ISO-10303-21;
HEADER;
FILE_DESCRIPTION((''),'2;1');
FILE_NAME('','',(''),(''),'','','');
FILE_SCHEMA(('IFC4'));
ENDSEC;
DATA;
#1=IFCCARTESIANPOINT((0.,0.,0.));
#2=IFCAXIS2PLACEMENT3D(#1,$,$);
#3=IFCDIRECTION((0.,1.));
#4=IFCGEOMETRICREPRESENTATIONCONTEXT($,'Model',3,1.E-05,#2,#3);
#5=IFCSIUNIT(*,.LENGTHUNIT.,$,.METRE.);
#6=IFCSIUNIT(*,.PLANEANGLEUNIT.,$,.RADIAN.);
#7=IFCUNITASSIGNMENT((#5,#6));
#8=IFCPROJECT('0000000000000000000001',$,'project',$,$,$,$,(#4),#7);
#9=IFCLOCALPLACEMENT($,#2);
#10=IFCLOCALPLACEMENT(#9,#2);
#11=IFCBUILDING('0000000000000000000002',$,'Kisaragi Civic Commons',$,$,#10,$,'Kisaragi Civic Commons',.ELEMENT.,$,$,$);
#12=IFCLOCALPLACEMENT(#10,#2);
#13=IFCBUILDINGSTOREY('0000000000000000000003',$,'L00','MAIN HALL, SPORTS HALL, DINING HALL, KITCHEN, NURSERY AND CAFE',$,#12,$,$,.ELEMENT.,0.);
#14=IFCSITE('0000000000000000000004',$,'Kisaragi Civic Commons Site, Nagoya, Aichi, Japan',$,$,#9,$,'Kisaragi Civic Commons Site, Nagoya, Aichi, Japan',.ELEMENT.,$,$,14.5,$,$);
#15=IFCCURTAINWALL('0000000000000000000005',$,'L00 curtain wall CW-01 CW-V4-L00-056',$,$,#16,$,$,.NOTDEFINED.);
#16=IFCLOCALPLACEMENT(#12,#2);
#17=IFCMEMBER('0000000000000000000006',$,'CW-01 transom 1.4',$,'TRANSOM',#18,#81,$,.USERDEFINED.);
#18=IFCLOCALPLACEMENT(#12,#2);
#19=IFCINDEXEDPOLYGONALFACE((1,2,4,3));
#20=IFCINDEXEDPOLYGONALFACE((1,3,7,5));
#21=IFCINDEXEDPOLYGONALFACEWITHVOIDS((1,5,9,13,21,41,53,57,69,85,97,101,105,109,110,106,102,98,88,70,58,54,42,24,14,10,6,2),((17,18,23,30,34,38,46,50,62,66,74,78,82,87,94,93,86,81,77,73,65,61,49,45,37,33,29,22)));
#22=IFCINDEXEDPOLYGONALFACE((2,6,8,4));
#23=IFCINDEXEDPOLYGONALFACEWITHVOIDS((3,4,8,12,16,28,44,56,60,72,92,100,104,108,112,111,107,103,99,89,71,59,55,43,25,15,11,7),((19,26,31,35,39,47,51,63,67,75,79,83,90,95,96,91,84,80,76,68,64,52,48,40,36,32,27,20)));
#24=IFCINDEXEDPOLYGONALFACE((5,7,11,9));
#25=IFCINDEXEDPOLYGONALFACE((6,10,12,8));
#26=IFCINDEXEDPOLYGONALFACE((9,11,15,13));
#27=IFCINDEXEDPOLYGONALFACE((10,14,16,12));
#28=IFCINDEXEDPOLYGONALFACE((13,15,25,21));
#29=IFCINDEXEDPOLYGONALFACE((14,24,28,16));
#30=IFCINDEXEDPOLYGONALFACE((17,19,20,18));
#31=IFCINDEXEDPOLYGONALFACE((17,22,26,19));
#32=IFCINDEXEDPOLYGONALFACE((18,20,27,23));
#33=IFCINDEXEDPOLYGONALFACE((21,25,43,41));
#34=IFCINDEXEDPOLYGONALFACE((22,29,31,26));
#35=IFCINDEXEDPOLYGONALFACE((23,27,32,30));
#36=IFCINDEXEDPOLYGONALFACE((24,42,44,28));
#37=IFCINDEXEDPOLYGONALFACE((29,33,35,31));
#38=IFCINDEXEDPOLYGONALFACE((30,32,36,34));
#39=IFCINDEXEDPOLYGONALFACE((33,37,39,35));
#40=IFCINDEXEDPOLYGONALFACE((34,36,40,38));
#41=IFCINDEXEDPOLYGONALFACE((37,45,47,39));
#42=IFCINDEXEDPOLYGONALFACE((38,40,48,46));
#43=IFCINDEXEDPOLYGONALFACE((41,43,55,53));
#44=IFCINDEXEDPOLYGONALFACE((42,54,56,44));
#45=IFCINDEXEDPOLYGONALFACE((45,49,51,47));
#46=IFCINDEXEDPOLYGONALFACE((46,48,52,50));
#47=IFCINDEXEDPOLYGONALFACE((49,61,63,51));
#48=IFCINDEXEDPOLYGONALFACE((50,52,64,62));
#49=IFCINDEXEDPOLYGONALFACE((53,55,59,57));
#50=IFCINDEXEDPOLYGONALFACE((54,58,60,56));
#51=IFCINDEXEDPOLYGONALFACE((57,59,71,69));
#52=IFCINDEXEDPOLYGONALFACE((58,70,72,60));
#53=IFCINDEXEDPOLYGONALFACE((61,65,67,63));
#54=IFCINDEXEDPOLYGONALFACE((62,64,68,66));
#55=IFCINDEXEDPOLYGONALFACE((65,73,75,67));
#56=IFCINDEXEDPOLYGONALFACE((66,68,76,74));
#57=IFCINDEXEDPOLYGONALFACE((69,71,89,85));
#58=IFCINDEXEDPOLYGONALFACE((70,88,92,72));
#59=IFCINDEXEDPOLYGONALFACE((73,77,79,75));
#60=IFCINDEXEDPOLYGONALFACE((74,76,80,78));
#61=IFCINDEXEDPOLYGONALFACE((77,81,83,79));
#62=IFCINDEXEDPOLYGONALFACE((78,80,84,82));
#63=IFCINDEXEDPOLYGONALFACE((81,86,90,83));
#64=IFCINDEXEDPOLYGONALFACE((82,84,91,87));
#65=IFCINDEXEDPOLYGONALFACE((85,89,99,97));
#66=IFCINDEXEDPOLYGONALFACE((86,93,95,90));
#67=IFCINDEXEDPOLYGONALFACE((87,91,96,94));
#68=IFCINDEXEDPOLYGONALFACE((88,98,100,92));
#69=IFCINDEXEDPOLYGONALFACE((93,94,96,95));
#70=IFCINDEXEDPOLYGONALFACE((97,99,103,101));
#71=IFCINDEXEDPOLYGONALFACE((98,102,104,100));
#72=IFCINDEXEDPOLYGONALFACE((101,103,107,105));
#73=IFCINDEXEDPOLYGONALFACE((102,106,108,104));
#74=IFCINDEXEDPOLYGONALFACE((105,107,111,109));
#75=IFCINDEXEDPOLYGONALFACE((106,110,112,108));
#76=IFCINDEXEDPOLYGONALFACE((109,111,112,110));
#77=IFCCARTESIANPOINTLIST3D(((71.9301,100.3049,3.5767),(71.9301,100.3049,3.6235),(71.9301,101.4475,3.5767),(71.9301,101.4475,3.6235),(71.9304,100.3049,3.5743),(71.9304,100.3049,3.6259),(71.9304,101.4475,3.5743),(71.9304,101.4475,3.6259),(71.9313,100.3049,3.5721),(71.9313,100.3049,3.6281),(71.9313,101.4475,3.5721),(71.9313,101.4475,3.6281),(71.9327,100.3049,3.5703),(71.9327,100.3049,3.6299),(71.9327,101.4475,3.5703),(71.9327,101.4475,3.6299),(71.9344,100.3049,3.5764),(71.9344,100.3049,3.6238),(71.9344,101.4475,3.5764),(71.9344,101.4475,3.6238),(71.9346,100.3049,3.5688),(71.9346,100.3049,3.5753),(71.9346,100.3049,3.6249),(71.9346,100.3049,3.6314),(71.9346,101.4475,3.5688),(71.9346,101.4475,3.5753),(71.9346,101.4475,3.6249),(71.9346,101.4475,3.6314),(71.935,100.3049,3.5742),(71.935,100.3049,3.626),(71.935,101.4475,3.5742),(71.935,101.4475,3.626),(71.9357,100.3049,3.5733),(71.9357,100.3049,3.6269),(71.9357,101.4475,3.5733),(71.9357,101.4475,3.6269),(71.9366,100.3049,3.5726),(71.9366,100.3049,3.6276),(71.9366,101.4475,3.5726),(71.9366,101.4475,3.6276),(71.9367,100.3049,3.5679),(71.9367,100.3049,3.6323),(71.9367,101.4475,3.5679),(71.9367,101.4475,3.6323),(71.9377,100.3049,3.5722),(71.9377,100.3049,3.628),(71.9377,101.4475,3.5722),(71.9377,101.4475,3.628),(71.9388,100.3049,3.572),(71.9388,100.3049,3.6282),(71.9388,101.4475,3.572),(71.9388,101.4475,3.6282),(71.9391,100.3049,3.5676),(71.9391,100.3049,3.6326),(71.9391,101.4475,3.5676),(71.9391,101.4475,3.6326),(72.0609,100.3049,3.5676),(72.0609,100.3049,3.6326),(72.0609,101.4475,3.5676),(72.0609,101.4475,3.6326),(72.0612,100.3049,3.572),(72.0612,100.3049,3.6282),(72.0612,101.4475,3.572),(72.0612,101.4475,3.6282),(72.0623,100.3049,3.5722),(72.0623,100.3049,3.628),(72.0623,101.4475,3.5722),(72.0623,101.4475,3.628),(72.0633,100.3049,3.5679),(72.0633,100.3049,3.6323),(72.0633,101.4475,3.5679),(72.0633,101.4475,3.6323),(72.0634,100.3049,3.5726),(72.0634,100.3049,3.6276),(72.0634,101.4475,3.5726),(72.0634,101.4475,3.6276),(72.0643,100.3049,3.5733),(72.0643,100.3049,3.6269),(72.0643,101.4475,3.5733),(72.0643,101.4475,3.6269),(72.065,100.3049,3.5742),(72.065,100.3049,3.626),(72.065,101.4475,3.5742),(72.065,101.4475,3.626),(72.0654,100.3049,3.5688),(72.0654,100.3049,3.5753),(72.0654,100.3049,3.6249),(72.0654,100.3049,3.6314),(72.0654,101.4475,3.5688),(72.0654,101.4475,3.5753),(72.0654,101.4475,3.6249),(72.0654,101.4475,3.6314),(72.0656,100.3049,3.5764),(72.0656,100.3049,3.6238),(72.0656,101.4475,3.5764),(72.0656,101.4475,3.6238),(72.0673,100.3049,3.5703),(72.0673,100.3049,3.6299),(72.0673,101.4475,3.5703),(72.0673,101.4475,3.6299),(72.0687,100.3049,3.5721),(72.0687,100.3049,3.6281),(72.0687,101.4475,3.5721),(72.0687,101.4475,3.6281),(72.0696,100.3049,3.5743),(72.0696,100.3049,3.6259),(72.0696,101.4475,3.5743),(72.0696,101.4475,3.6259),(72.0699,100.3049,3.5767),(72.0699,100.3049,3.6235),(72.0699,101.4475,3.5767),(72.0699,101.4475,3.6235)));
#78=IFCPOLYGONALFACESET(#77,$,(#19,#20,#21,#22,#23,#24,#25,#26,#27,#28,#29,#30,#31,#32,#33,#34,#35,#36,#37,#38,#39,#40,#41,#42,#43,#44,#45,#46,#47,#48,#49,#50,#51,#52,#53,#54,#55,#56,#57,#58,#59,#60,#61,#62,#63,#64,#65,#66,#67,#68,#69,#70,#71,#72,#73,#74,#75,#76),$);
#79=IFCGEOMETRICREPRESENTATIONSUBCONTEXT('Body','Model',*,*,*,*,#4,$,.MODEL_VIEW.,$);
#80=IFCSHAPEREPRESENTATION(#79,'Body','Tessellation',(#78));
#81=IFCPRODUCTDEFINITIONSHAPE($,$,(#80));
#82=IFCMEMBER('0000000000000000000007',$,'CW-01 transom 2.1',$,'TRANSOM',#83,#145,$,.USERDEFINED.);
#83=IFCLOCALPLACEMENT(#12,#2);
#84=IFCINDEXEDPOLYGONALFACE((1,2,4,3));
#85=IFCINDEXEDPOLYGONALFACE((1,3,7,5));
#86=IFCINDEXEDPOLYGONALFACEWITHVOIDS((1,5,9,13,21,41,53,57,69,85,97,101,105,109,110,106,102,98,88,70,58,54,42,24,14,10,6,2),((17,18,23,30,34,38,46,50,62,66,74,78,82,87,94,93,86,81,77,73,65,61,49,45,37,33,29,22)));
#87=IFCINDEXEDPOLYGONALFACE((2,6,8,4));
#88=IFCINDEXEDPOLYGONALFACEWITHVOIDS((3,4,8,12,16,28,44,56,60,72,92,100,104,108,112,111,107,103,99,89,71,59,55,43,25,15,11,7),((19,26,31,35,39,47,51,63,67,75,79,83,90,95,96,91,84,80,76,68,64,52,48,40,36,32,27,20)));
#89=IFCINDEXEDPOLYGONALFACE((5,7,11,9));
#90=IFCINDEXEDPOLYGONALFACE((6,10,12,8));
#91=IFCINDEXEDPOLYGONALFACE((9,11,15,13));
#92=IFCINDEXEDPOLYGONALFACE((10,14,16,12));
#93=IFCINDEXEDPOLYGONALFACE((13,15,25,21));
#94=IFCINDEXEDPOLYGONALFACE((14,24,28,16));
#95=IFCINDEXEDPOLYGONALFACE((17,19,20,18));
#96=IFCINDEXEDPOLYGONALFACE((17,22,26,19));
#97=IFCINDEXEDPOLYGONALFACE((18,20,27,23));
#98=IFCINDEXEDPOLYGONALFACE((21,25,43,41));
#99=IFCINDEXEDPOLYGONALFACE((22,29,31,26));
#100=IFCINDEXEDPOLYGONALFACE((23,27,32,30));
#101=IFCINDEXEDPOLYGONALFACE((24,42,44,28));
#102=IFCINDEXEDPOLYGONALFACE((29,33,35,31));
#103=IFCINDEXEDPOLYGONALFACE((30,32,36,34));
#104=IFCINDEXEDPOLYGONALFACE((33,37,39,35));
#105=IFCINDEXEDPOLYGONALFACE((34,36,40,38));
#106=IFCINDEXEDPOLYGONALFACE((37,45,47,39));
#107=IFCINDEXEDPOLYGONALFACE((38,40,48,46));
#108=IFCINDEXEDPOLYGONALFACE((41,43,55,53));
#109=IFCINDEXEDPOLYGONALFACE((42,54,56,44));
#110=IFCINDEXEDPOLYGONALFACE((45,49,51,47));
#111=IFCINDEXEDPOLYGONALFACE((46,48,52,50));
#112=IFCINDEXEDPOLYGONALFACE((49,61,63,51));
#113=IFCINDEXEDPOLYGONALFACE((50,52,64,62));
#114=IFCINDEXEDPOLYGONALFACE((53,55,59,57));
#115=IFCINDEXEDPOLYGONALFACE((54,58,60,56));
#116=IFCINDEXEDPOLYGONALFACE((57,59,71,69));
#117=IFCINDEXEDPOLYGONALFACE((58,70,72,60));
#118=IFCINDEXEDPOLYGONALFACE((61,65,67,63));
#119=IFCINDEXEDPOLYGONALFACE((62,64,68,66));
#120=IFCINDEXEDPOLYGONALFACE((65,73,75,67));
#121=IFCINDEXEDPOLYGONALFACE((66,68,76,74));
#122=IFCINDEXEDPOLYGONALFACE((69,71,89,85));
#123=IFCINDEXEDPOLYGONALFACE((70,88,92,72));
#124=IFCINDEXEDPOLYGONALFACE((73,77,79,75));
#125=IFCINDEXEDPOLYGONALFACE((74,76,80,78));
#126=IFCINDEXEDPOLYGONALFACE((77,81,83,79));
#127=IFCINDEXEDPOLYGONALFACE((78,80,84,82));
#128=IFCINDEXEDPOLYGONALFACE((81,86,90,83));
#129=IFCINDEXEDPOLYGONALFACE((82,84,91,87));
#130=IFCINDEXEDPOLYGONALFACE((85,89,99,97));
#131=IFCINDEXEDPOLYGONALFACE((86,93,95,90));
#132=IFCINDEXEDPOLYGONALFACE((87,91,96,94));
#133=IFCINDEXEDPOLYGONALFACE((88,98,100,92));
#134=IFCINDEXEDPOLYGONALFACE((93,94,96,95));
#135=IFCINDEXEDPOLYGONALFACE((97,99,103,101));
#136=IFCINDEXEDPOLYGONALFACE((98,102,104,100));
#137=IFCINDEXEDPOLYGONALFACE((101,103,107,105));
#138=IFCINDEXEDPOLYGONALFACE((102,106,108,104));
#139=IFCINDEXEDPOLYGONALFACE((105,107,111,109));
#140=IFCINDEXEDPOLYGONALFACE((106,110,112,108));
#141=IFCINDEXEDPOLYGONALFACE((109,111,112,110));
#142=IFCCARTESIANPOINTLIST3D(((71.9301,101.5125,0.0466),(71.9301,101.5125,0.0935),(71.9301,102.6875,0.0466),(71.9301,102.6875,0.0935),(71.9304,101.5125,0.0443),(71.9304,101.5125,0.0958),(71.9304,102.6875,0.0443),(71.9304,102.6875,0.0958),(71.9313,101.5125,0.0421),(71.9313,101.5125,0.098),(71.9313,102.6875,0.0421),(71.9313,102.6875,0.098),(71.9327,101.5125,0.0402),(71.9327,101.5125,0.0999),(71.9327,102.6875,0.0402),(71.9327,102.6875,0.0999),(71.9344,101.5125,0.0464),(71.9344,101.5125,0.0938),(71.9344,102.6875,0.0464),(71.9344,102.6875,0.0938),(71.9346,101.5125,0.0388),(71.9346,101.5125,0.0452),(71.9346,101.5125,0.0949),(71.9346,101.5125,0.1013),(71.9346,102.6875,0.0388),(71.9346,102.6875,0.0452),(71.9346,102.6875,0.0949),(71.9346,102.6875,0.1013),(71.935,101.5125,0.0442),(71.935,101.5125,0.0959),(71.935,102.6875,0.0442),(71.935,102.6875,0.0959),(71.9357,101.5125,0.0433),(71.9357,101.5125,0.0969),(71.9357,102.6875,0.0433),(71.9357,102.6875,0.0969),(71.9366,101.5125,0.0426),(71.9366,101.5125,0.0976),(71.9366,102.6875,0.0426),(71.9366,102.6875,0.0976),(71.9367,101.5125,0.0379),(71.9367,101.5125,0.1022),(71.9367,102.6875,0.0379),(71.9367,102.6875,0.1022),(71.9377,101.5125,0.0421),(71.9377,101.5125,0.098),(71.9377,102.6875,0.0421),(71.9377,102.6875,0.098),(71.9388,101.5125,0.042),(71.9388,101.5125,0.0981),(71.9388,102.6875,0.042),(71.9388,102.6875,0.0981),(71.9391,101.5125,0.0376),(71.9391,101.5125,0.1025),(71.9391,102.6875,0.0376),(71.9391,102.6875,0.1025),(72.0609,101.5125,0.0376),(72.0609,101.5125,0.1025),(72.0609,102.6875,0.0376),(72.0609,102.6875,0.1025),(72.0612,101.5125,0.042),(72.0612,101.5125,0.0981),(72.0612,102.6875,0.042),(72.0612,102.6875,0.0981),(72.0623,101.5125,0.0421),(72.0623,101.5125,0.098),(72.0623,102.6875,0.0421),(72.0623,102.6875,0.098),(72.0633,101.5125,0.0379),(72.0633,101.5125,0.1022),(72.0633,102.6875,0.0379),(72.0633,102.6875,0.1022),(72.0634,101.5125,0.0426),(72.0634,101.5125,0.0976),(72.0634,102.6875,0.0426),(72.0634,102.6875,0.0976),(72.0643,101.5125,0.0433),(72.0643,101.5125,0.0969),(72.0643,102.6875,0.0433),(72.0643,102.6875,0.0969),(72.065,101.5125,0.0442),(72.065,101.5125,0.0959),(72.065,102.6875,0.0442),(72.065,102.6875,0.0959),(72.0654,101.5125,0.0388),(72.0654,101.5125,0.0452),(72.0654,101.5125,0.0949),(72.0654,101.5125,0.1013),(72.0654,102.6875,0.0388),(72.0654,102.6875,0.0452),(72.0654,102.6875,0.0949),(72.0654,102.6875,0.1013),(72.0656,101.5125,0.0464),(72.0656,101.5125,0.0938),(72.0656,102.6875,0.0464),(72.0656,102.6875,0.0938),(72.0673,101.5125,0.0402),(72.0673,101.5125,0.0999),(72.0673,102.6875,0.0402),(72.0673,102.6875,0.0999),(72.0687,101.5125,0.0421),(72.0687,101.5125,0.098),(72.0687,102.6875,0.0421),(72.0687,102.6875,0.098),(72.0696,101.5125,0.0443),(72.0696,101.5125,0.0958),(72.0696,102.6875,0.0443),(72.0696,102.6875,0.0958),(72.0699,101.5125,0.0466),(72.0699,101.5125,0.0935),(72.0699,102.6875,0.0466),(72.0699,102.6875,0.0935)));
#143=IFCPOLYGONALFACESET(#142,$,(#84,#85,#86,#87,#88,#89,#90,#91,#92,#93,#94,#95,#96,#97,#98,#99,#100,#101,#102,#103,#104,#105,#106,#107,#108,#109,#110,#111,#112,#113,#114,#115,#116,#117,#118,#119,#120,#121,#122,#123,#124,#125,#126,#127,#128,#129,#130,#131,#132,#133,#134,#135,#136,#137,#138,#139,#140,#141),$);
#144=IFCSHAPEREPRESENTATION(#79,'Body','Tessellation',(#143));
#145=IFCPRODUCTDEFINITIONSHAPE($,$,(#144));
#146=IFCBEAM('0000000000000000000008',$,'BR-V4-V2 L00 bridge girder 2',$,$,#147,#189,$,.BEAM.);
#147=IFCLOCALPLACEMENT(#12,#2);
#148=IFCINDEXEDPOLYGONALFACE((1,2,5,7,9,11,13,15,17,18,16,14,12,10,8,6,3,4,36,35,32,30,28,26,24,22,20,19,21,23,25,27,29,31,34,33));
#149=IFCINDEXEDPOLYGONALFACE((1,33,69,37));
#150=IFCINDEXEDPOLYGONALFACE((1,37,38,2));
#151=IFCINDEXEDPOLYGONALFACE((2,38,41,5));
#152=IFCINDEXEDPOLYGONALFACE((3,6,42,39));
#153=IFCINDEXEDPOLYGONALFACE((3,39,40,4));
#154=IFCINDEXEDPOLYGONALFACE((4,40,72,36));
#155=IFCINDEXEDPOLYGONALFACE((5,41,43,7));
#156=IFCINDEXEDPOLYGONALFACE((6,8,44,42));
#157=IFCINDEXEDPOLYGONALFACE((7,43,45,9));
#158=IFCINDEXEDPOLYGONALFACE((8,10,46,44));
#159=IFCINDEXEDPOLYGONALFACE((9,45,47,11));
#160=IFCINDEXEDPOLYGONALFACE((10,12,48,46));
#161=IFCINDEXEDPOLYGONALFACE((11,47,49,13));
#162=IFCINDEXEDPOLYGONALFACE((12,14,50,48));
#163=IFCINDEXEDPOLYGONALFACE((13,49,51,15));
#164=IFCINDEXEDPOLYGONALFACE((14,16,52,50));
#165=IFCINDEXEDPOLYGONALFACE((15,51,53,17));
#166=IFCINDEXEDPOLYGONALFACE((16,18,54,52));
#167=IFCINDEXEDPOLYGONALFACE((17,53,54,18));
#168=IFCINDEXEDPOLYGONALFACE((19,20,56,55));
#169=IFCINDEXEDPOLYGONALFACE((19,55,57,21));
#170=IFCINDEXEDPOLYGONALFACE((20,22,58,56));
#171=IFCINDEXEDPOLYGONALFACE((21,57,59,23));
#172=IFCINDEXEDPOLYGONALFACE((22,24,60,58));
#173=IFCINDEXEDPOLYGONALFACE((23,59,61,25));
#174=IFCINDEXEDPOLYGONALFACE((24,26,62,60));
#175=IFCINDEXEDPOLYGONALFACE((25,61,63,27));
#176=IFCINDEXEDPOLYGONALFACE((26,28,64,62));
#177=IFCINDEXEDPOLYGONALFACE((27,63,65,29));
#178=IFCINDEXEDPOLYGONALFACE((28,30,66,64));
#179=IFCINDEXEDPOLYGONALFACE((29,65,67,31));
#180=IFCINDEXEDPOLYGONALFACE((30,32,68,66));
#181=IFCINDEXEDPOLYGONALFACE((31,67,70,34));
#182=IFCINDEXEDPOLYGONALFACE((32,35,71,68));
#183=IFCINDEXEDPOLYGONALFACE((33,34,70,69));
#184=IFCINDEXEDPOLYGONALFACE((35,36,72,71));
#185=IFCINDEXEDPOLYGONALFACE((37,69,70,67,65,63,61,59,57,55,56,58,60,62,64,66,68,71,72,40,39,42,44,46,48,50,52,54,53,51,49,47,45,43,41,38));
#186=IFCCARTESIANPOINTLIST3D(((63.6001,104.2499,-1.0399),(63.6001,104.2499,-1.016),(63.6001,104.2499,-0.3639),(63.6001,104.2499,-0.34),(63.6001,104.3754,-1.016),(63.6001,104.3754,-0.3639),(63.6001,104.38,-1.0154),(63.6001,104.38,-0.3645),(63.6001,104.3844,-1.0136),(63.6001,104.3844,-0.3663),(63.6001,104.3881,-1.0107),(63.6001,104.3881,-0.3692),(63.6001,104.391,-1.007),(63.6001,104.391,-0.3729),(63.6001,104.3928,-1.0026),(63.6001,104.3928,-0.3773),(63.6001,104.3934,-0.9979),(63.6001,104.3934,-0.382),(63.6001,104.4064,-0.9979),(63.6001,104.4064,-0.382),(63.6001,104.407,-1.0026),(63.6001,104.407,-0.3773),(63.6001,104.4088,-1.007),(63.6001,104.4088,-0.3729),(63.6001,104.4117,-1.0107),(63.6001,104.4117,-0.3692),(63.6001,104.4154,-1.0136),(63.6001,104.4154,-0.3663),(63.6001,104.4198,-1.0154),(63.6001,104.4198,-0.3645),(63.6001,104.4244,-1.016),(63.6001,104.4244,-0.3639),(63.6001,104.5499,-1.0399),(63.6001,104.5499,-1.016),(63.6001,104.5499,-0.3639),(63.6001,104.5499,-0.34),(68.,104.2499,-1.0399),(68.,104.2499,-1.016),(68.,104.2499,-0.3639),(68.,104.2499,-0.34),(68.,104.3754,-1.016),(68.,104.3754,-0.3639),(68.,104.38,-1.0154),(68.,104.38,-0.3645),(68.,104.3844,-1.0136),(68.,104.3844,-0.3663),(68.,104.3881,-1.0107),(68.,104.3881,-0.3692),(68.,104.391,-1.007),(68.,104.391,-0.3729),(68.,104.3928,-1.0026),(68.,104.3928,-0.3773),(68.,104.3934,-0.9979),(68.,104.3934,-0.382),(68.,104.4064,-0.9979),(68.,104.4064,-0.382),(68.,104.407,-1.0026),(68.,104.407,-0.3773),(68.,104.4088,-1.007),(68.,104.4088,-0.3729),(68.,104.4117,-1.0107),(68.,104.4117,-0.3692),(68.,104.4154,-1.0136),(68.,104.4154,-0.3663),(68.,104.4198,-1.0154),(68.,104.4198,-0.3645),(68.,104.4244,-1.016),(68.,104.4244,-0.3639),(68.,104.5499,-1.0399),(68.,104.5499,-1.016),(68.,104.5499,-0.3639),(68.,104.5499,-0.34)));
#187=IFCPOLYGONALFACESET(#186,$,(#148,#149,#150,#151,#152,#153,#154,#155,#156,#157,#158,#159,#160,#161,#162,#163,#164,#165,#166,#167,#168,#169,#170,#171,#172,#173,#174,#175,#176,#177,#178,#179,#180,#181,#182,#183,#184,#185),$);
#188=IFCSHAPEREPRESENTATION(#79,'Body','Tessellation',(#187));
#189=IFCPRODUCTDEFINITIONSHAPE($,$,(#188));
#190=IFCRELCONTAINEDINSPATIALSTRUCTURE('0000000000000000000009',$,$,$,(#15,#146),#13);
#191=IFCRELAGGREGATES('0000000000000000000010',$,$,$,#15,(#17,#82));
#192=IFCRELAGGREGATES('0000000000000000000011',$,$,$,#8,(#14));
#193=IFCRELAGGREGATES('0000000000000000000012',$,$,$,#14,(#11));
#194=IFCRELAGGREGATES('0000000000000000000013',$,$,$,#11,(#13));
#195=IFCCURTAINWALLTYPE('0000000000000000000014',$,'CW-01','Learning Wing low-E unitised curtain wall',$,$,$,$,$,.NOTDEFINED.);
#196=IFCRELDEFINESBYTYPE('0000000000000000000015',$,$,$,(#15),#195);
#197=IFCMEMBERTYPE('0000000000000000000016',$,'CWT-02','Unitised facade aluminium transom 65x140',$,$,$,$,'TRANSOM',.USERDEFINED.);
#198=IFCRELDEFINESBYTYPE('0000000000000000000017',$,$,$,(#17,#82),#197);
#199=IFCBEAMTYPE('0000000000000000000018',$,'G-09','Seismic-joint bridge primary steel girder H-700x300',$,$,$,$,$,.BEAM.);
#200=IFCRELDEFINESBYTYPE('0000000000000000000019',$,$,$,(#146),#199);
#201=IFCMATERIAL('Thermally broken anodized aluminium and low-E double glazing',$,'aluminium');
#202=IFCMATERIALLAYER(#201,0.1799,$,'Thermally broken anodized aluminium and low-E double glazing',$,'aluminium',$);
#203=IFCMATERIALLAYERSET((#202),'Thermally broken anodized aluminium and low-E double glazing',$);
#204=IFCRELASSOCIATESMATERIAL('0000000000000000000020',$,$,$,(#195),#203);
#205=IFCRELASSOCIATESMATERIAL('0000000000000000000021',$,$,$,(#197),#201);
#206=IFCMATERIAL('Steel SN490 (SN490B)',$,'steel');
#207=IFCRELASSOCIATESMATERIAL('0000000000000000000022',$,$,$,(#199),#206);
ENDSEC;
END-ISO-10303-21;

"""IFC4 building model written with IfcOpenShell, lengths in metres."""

from ifc_helpers import new_model, si_unit, direction, frame, origin, origin_2d, place, context, subcontext, project, spatial, hollow_rectangle, i_section, extrude, material, layer, layer_set, material_profile, profile_set, type_object, element, aggregate, save


model = new_model("IFC4")

# Units and contexts
model_context = context("Model", 3, precision=1e-05, world=origin(), true_north=direction((0.0, 1.0)))
body_context = subcontext(model_context, "Body", "Model", "MODEL_VIEW")
ifc_project = project(units=[si_unit("LENGTHUNIT", "METRE"), si_unit("PLANEANGLEUNIT", "RADIAN")], contexts=[model_context])

# Site, building, storey
site_placement = place(None, origin())
site = spatial("IfcSite", under=ifc_project, at=site_placement, Name="Kisaragi Civic Commons Site, Nagoya, Aichi, Japan", LongName="Kisaragi Civic Commons Site, Nagoya, Aichi, Japan", CompositionType="ELEMENT", RefElevation=14.5)
building_placement = place(site_placement, origin())
building = spatial("IfcBuilding", under=site, at=building_placement, Name="Kisaragi Civic Commons", LongName="Kisaragi Civic Commons", CompositionType="ELEMENT")
storey_placement = place(building_placement, origin())
storey = spatial("IfcBuildingStorey", under=building, at=storey_placement, Name="L00", Description="MAIN HALL, SPORTS HALL, DINING HALL, KITCHEN, NURSERY AND CAFE", CompositionType="ELEMENT", Elevation=0.0)

# Shared definitions
ifc_material_1 = material(Name="Thermally broken anodized aluminium and low-E double glazing", Category="aluminium")
ifc_layer_1 = layer(ifc_material_1, 0.1799, Name="Thermally broken anodized aluminium and low-E double glazing", Category="aluminium")
ifc_layer_set_1 = layer_set([ifc_layer_1], Name="Thermally broken anodized aluminium and low-E double glazing")
curtain_wall_type = type_object("IfcCurtainWallType", Name="CW-01", Description="Learning Wing low-E unitised curtain wall", PredefinedType="NOTDEFINED", material=ifc_layer_set_1)

# Curtain wall, members
curtain_wall_1_placement = place(storey_placement, origin())
curtain_wall_1 = element("IfcCurtainWall", 1, at=curtain_wall_1_placement, inside=storey, type_object=curtain_wall_type, Name="L00 curtain wall CW-01 CW-V4-L00-056", PredefinedType="NOTDEFINED")
ifc_material_profile_1 = material_profile(ifc_material_1, hollow_rectangle(XDim=0.1399, YDim=0.0649, WallThickness=0.0044, InnerFilletRadius=0.0044, OuterFilletRadius=0.009, at=origin_2d()), Name="CWT-65x140x4.5", Category="aluminium")
ifc_profile_set_1 = profile_set([ifc_material_profile_1], Name="Thermally broken anodized aluminium and low-E double glazing")
member_type_1 = type_object("IfcMemberType", Name="CWT-02", Description="Unitised facade aluminium transom 65x140", ElementType="TRANSOM", PredefinedType="USERDEFINED", material=ifc_profile_set_1)
member_1_placement = place(storey_placement, frame((72.0, 100.3049, 3.6001), z_axis=(0.0, 1.0, 0.0), x_axis=(-1.0, 0.0, 0.0)))
member_1 = element("IfcMember", 2, at=member_1_placement, type_object=member_type_1, Name="CW-01 transom 1.4", ObjectType="TRANSOM", PredefinedType="USERDEFINED", context=body_context, shape_type="SweptSolid", body=[
    extrude(hollow_rectangle(XDim=0.1399, YDim=0.0649, WallThickness=0.0044, InnerFilletRadius=0.0044, OuterFilletRadius=0.009, at=origin_2d()), origin(), (0.0, 0.0, 1.0), 1.1426),
])
member_2_placement = place(storey_placement, frame((72.0, 101.5125, 0.0701), z_axis=(0.0, 1.0, 0.0), x_axis=(-1.0, 0.0, 0.0)))
member_2 = element("IfcMember", 3, at=member_2_placement, type_object=member_type_1, Name="CW-01 transom 2.1", ObjectType="TRANSOM", PredefinedType="USERDEFINED", context=body_context, shape_type="SweptSolid", body=[
    extrude(hollow_rectangle(XDim=0.1399, YDim=0.0649, WallThickness=0.0044, InnerFilletRadius=0.0044, OuterFilletRadius=0.009, at=origin_2d()), origin(), (0.0, 0.0, 1.0), 1.175),
])

# Beam
ifc_material_2 = material(Name="Steel SN490 (SN490B)", Category="steel")
ifc_material_profile_2 = material_profile(ifc_material_2, i_section(OverallWidth=0.3, OverallDepth=0.7, WebThickness=0.0129, FlangeThickness=0.0239, FilletRadius=0.0181, at=origin_2d()), Name="H-700x300x13x24", Category="steel")
ifc_profile_set_2 = profile_set([ifc_material_profile_2], Name="Steel SN490 (SN490B)")
beam_type_1 = type_object("IfcBeamType", Name="G-09", Description="Seismic-joint bridge primary steel girder H-700x300", PredefinedType="BEAM", material=ifc_profile_set_2)
beam_1_placement = place(storey_placement, frame((68.0, 104.3999, -0.6899), z_axis=(-1.0, 0.0, 0.0), x_axis=(0.0, -1.0, 0.0)))
element("IfcBeam", 4, at=beam_1_placement, inside=storey, type_object=beam_type_1, Name="BR-V4-V2 L00 bridge girder 2", PredefinedType="BEAM", context=body_context, shape_type="SweptSolid", body=[
    extrude(i_section(OverallWidth=0.3, OverallDepth=0.7, WebThickness=0.0129, FlangeThickness=0.0239, FilletRadius=0.0181, at=origin_2d()), origin(), (0.0, 0.0, 1.0), 4.3999),
])

aggregate(curtain_wall_1, [member_1, member_2])

save(model, "model.ifc")
